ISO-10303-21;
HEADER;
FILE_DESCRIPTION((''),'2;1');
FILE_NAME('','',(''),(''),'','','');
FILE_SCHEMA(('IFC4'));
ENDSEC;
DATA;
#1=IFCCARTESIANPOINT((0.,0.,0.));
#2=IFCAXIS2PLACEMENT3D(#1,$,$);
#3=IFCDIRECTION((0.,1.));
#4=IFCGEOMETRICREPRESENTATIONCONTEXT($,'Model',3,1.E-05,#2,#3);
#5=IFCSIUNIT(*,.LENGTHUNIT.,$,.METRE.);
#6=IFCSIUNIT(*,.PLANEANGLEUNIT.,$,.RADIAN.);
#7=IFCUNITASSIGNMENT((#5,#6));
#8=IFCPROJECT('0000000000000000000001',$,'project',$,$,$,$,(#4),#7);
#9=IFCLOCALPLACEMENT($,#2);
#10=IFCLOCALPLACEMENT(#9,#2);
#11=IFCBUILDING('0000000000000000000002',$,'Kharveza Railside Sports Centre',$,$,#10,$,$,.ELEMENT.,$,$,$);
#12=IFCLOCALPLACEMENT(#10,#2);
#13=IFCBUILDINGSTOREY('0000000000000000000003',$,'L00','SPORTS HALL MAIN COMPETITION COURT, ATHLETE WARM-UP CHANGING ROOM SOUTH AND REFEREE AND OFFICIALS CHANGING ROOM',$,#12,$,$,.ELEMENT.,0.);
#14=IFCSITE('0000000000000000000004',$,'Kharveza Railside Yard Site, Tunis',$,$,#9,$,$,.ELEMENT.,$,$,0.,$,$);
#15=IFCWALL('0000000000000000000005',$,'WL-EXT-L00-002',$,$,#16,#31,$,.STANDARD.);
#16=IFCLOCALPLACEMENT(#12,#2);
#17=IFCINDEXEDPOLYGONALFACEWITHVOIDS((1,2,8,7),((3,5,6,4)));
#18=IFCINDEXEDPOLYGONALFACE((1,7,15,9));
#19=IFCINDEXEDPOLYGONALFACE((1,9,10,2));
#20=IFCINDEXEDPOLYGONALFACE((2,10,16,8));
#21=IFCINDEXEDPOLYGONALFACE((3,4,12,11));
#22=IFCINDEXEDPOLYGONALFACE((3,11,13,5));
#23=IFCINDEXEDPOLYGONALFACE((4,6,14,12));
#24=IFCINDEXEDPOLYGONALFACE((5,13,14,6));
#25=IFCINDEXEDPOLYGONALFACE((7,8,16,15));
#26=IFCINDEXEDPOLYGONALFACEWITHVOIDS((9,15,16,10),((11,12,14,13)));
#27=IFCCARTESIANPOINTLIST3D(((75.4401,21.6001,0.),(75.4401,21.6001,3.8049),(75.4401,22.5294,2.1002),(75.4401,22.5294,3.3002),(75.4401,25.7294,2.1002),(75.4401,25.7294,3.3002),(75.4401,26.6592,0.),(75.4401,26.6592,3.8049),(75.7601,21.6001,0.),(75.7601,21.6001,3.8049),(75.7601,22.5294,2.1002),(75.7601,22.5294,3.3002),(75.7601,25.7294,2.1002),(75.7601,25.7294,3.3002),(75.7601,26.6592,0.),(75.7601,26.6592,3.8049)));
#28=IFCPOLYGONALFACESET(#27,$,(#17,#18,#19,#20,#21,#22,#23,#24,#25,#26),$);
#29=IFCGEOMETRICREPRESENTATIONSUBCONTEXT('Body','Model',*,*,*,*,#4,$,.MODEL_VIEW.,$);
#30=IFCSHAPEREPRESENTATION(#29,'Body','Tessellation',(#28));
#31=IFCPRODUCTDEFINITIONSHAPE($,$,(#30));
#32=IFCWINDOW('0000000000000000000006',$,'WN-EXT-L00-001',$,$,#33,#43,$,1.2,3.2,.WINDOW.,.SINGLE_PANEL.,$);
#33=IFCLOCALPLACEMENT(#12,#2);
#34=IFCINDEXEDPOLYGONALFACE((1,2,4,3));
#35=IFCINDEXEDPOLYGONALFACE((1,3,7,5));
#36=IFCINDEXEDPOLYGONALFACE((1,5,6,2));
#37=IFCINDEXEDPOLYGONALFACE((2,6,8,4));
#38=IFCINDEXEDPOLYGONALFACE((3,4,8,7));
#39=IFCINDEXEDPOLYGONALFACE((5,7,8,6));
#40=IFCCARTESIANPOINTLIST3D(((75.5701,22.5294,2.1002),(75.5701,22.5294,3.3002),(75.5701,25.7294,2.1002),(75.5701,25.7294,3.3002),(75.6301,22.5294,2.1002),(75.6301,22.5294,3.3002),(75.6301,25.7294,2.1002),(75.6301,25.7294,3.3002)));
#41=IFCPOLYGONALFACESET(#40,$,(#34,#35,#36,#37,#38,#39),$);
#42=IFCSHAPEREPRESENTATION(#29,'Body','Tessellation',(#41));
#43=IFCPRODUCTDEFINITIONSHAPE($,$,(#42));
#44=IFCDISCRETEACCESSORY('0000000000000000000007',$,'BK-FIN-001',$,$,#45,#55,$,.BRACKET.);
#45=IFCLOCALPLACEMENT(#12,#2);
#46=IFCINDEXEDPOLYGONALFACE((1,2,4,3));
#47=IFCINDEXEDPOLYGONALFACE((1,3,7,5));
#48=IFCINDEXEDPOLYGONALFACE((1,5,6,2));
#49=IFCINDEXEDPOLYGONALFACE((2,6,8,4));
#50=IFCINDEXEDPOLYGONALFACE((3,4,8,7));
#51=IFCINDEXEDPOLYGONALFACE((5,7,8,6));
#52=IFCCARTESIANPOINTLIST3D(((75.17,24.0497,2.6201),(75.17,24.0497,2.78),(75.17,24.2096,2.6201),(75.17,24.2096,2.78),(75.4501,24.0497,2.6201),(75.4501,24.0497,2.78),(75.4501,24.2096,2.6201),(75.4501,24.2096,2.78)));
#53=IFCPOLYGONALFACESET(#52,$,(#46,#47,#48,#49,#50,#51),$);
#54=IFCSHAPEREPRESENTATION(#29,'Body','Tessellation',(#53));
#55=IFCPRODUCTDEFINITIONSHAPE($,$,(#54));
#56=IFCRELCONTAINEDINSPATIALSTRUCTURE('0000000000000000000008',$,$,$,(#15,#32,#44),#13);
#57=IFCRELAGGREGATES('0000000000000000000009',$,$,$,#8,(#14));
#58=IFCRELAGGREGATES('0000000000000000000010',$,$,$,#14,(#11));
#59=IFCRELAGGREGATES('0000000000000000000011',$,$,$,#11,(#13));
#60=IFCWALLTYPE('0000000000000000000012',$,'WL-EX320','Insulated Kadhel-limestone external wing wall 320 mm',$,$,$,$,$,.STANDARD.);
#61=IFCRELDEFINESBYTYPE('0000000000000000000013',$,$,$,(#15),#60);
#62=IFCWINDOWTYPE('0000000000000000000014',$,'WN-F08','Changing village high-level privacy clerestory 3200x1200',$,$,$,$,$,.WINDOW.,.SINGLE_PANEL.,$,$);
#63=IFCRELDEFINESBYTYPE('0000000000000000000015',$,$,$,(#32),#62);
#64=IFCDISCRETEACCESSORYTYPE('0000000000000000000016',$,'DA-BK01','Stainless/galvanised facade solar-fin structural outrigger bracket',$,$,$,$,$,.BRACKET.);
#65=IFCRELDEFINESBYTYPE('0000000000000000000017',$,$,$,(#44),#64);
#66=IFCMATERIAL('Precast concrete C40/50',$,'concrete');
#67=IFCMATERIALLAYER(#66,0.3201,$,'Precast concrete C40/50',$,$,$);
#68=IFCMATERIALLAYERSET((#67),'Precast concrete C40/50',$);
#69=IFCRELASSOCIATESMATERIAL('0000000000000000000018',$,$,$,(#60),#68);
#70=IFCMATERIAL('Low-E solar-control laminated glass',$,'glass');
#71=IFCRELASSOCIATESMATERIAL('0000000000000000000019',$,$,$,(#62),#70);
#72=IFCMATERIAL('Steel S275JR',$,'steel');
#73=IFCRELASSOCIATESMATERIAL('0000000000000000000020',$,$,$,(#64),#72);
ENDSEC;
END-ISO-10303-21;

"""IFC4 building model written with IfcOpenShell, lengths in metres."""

from ifc_helpers import new_model, si_unit, direction, frame, frame_2d, origin, origin_2d, place, context, subcontext, project, spatial, rectangle, extrude, material, layer, layer_set, type_object, element, fill, save


model = new_model("IFC4")

# Units and contexts
model_context = context("Model", 3, precision=1e-05, world=origin(), true_north=direction((0.0, 1.0)))
body_context = subcontext(model_context, "Body", "Model", "MODEL_VIEW")
ifc_project = project(units=[si_unit("LENGTHUNIT", "METRE"), si_unit("PLANEANGLEUNIT", "RADIAN")], contexts=[model_context])

# Site, building, storey
site_placement = place(None, origin())
site = spatial("IfcSite", under=ifc_project, at=site_placement, Name="Kharveza Railside Yard Site, Tunis", CompositionType="ELEMENT", RefElevation=0.0)
building_placement = place(site_placement, origin())
building = spatial("IfcBuilding", under=site, at=building_placement, Name="Kharveza Railside Sports Centre", CompositionType="ELEMENT")
storey_placement = place(building_placement, origin())
storey = spatial("IfcBuildingStorey", under=building, at=storey_placement, Name="L00", Description="SPORTS HALL MAIN COMPETITION COURT, ATHLETE WARM-UP CHANGING ROOM SOUTH AND REFEREE AND OFFICIALS CHANGING ROOM", CompositionType="ELEMENT", Elevation=0.0)

# Shared definitions
ifc_material_1 = material(Name="Precast concrete C40/50", Category="concrete")

# Wall, opening, window
ifc_layer_1 = layer(ifc_material_1, 0.3201, Name="Precast concrete C40/50")
ifc_layer_set_1 = layer_set([ifc_layer_1], Name="Precast concrete C40/50")
wall_type_1 = type_object("IfcWallType", Name="WL-EX320", Description="Insulated Kadhel-limestone external wing wall 320 mm", PredefinedType="STANDARD", material=ifc_layer_set_1)
wall_1_placement = place(storey_placement, frame((75.6001, 26.6592, 0.0), z_axis=(0.0, 0.0, 1.0), x_axis=(0.0, -1.0, 0.0)))
wall_1 = element("IfcWall", 1, at=wall_1_placement, inside=storey, type_object=wall_type_1, Name="WL-EXT-L00-002", PredefinedType="STANDARD", context=body_context, shape_type="SweptSolid", body=[
    extrude(rectangle(XDim=5.0591, YDim=0.3201, at=frame_2d((2.5295, 0.0))), origin(), (0.0, 0.0, 1.0), 3.8049),
])
opening_placement = place(wall_1_placement, frame((0.9297, 0.0, 2.1001)))
opening = element("IfcOpeningElement", 2, at=opening_placement, cuts=wall_1, PredefinedType="OPENING", context=body_context, shape_type="SweptSolid", body=[
    extrude(rectangle(XDim=3.2, YDim=1.2, at=frame_2d((1.6001, 0.6001))), frame((0.0, 0.1851, 0.0), z_axis=(0.0, -1.0, 0.0), x_axis=(1.0, 0.0, 0.0)), (0.0, 0.0, 1.0), 0.3699),
])
ifc_material_2 = material(Name="Low-E solar-control laminated glass", Category="glass")
window_type = type_object("IfcWindowType", Name="WN-F08", Description="Changing village high-level privacy clerestory 3200x1200", PartitioningType="SINGLE_PANEL", PredefinedType="WINDOW", material=ifc_material_2)
window_placement = place(opening_placement, origin())
window = element("IfcWindow", 3, at=window_placement, inside=storey, type_object=window_type, Name="WN-EXT-L00-001", OverallHeight=1.2, OverallWidth=3.2, PartitioningType="SINGLE_PANEL", PredefinedType="WINDOW", context=body_context, shape_type="SweptSolid", body=[
    extrude(rectangle(XDim=3.2, YDim=1.2, at=frame_2d((1.6001, 0.6001))), frame((0.0, 0.03, 0.0), z_axis=(0.0, -1.0, 0.0), x_axis=(1.0, 0.0, 0.0)), (0.0, 0.0, 1.0), 0.0601),
])
fill(opening, window)

# Discrete accessory
ifc_material_3 = material(Name="Steel S275JR", Category="steel")
discrete_accessory_type = type_object("IfcDiscreteAccessoryType", Name="DA-BK01", Description="Stainless/galvanised facade solar-fin structural outrigger bracket", PredefinedType="BRACKET", material=ifc_material_3)
discrete_accessory_placement = place(storey_placement, frame((75.3101, 24.1296, 2.6201), z_axis=(0.0, 0.0, 1.0), x_axis=(-1.0, 0.0, 0.0)))
element("IfcDiscreteAccessory", 4, at=discrete_accessory_placement, inside=storey, type_object=discrete_accessory_type, Name="BK-FIN-001", PredefinedType="BRACKET", context=body_context, shape_type="SweptSolid", body=[
    extrude(rectangle(XDim=0.28, YDim=0.1599, at=origin_2d()), origin(), (0.0, 0.0, 1.0), 0.1599),
])

save(model, "model.ifc")
